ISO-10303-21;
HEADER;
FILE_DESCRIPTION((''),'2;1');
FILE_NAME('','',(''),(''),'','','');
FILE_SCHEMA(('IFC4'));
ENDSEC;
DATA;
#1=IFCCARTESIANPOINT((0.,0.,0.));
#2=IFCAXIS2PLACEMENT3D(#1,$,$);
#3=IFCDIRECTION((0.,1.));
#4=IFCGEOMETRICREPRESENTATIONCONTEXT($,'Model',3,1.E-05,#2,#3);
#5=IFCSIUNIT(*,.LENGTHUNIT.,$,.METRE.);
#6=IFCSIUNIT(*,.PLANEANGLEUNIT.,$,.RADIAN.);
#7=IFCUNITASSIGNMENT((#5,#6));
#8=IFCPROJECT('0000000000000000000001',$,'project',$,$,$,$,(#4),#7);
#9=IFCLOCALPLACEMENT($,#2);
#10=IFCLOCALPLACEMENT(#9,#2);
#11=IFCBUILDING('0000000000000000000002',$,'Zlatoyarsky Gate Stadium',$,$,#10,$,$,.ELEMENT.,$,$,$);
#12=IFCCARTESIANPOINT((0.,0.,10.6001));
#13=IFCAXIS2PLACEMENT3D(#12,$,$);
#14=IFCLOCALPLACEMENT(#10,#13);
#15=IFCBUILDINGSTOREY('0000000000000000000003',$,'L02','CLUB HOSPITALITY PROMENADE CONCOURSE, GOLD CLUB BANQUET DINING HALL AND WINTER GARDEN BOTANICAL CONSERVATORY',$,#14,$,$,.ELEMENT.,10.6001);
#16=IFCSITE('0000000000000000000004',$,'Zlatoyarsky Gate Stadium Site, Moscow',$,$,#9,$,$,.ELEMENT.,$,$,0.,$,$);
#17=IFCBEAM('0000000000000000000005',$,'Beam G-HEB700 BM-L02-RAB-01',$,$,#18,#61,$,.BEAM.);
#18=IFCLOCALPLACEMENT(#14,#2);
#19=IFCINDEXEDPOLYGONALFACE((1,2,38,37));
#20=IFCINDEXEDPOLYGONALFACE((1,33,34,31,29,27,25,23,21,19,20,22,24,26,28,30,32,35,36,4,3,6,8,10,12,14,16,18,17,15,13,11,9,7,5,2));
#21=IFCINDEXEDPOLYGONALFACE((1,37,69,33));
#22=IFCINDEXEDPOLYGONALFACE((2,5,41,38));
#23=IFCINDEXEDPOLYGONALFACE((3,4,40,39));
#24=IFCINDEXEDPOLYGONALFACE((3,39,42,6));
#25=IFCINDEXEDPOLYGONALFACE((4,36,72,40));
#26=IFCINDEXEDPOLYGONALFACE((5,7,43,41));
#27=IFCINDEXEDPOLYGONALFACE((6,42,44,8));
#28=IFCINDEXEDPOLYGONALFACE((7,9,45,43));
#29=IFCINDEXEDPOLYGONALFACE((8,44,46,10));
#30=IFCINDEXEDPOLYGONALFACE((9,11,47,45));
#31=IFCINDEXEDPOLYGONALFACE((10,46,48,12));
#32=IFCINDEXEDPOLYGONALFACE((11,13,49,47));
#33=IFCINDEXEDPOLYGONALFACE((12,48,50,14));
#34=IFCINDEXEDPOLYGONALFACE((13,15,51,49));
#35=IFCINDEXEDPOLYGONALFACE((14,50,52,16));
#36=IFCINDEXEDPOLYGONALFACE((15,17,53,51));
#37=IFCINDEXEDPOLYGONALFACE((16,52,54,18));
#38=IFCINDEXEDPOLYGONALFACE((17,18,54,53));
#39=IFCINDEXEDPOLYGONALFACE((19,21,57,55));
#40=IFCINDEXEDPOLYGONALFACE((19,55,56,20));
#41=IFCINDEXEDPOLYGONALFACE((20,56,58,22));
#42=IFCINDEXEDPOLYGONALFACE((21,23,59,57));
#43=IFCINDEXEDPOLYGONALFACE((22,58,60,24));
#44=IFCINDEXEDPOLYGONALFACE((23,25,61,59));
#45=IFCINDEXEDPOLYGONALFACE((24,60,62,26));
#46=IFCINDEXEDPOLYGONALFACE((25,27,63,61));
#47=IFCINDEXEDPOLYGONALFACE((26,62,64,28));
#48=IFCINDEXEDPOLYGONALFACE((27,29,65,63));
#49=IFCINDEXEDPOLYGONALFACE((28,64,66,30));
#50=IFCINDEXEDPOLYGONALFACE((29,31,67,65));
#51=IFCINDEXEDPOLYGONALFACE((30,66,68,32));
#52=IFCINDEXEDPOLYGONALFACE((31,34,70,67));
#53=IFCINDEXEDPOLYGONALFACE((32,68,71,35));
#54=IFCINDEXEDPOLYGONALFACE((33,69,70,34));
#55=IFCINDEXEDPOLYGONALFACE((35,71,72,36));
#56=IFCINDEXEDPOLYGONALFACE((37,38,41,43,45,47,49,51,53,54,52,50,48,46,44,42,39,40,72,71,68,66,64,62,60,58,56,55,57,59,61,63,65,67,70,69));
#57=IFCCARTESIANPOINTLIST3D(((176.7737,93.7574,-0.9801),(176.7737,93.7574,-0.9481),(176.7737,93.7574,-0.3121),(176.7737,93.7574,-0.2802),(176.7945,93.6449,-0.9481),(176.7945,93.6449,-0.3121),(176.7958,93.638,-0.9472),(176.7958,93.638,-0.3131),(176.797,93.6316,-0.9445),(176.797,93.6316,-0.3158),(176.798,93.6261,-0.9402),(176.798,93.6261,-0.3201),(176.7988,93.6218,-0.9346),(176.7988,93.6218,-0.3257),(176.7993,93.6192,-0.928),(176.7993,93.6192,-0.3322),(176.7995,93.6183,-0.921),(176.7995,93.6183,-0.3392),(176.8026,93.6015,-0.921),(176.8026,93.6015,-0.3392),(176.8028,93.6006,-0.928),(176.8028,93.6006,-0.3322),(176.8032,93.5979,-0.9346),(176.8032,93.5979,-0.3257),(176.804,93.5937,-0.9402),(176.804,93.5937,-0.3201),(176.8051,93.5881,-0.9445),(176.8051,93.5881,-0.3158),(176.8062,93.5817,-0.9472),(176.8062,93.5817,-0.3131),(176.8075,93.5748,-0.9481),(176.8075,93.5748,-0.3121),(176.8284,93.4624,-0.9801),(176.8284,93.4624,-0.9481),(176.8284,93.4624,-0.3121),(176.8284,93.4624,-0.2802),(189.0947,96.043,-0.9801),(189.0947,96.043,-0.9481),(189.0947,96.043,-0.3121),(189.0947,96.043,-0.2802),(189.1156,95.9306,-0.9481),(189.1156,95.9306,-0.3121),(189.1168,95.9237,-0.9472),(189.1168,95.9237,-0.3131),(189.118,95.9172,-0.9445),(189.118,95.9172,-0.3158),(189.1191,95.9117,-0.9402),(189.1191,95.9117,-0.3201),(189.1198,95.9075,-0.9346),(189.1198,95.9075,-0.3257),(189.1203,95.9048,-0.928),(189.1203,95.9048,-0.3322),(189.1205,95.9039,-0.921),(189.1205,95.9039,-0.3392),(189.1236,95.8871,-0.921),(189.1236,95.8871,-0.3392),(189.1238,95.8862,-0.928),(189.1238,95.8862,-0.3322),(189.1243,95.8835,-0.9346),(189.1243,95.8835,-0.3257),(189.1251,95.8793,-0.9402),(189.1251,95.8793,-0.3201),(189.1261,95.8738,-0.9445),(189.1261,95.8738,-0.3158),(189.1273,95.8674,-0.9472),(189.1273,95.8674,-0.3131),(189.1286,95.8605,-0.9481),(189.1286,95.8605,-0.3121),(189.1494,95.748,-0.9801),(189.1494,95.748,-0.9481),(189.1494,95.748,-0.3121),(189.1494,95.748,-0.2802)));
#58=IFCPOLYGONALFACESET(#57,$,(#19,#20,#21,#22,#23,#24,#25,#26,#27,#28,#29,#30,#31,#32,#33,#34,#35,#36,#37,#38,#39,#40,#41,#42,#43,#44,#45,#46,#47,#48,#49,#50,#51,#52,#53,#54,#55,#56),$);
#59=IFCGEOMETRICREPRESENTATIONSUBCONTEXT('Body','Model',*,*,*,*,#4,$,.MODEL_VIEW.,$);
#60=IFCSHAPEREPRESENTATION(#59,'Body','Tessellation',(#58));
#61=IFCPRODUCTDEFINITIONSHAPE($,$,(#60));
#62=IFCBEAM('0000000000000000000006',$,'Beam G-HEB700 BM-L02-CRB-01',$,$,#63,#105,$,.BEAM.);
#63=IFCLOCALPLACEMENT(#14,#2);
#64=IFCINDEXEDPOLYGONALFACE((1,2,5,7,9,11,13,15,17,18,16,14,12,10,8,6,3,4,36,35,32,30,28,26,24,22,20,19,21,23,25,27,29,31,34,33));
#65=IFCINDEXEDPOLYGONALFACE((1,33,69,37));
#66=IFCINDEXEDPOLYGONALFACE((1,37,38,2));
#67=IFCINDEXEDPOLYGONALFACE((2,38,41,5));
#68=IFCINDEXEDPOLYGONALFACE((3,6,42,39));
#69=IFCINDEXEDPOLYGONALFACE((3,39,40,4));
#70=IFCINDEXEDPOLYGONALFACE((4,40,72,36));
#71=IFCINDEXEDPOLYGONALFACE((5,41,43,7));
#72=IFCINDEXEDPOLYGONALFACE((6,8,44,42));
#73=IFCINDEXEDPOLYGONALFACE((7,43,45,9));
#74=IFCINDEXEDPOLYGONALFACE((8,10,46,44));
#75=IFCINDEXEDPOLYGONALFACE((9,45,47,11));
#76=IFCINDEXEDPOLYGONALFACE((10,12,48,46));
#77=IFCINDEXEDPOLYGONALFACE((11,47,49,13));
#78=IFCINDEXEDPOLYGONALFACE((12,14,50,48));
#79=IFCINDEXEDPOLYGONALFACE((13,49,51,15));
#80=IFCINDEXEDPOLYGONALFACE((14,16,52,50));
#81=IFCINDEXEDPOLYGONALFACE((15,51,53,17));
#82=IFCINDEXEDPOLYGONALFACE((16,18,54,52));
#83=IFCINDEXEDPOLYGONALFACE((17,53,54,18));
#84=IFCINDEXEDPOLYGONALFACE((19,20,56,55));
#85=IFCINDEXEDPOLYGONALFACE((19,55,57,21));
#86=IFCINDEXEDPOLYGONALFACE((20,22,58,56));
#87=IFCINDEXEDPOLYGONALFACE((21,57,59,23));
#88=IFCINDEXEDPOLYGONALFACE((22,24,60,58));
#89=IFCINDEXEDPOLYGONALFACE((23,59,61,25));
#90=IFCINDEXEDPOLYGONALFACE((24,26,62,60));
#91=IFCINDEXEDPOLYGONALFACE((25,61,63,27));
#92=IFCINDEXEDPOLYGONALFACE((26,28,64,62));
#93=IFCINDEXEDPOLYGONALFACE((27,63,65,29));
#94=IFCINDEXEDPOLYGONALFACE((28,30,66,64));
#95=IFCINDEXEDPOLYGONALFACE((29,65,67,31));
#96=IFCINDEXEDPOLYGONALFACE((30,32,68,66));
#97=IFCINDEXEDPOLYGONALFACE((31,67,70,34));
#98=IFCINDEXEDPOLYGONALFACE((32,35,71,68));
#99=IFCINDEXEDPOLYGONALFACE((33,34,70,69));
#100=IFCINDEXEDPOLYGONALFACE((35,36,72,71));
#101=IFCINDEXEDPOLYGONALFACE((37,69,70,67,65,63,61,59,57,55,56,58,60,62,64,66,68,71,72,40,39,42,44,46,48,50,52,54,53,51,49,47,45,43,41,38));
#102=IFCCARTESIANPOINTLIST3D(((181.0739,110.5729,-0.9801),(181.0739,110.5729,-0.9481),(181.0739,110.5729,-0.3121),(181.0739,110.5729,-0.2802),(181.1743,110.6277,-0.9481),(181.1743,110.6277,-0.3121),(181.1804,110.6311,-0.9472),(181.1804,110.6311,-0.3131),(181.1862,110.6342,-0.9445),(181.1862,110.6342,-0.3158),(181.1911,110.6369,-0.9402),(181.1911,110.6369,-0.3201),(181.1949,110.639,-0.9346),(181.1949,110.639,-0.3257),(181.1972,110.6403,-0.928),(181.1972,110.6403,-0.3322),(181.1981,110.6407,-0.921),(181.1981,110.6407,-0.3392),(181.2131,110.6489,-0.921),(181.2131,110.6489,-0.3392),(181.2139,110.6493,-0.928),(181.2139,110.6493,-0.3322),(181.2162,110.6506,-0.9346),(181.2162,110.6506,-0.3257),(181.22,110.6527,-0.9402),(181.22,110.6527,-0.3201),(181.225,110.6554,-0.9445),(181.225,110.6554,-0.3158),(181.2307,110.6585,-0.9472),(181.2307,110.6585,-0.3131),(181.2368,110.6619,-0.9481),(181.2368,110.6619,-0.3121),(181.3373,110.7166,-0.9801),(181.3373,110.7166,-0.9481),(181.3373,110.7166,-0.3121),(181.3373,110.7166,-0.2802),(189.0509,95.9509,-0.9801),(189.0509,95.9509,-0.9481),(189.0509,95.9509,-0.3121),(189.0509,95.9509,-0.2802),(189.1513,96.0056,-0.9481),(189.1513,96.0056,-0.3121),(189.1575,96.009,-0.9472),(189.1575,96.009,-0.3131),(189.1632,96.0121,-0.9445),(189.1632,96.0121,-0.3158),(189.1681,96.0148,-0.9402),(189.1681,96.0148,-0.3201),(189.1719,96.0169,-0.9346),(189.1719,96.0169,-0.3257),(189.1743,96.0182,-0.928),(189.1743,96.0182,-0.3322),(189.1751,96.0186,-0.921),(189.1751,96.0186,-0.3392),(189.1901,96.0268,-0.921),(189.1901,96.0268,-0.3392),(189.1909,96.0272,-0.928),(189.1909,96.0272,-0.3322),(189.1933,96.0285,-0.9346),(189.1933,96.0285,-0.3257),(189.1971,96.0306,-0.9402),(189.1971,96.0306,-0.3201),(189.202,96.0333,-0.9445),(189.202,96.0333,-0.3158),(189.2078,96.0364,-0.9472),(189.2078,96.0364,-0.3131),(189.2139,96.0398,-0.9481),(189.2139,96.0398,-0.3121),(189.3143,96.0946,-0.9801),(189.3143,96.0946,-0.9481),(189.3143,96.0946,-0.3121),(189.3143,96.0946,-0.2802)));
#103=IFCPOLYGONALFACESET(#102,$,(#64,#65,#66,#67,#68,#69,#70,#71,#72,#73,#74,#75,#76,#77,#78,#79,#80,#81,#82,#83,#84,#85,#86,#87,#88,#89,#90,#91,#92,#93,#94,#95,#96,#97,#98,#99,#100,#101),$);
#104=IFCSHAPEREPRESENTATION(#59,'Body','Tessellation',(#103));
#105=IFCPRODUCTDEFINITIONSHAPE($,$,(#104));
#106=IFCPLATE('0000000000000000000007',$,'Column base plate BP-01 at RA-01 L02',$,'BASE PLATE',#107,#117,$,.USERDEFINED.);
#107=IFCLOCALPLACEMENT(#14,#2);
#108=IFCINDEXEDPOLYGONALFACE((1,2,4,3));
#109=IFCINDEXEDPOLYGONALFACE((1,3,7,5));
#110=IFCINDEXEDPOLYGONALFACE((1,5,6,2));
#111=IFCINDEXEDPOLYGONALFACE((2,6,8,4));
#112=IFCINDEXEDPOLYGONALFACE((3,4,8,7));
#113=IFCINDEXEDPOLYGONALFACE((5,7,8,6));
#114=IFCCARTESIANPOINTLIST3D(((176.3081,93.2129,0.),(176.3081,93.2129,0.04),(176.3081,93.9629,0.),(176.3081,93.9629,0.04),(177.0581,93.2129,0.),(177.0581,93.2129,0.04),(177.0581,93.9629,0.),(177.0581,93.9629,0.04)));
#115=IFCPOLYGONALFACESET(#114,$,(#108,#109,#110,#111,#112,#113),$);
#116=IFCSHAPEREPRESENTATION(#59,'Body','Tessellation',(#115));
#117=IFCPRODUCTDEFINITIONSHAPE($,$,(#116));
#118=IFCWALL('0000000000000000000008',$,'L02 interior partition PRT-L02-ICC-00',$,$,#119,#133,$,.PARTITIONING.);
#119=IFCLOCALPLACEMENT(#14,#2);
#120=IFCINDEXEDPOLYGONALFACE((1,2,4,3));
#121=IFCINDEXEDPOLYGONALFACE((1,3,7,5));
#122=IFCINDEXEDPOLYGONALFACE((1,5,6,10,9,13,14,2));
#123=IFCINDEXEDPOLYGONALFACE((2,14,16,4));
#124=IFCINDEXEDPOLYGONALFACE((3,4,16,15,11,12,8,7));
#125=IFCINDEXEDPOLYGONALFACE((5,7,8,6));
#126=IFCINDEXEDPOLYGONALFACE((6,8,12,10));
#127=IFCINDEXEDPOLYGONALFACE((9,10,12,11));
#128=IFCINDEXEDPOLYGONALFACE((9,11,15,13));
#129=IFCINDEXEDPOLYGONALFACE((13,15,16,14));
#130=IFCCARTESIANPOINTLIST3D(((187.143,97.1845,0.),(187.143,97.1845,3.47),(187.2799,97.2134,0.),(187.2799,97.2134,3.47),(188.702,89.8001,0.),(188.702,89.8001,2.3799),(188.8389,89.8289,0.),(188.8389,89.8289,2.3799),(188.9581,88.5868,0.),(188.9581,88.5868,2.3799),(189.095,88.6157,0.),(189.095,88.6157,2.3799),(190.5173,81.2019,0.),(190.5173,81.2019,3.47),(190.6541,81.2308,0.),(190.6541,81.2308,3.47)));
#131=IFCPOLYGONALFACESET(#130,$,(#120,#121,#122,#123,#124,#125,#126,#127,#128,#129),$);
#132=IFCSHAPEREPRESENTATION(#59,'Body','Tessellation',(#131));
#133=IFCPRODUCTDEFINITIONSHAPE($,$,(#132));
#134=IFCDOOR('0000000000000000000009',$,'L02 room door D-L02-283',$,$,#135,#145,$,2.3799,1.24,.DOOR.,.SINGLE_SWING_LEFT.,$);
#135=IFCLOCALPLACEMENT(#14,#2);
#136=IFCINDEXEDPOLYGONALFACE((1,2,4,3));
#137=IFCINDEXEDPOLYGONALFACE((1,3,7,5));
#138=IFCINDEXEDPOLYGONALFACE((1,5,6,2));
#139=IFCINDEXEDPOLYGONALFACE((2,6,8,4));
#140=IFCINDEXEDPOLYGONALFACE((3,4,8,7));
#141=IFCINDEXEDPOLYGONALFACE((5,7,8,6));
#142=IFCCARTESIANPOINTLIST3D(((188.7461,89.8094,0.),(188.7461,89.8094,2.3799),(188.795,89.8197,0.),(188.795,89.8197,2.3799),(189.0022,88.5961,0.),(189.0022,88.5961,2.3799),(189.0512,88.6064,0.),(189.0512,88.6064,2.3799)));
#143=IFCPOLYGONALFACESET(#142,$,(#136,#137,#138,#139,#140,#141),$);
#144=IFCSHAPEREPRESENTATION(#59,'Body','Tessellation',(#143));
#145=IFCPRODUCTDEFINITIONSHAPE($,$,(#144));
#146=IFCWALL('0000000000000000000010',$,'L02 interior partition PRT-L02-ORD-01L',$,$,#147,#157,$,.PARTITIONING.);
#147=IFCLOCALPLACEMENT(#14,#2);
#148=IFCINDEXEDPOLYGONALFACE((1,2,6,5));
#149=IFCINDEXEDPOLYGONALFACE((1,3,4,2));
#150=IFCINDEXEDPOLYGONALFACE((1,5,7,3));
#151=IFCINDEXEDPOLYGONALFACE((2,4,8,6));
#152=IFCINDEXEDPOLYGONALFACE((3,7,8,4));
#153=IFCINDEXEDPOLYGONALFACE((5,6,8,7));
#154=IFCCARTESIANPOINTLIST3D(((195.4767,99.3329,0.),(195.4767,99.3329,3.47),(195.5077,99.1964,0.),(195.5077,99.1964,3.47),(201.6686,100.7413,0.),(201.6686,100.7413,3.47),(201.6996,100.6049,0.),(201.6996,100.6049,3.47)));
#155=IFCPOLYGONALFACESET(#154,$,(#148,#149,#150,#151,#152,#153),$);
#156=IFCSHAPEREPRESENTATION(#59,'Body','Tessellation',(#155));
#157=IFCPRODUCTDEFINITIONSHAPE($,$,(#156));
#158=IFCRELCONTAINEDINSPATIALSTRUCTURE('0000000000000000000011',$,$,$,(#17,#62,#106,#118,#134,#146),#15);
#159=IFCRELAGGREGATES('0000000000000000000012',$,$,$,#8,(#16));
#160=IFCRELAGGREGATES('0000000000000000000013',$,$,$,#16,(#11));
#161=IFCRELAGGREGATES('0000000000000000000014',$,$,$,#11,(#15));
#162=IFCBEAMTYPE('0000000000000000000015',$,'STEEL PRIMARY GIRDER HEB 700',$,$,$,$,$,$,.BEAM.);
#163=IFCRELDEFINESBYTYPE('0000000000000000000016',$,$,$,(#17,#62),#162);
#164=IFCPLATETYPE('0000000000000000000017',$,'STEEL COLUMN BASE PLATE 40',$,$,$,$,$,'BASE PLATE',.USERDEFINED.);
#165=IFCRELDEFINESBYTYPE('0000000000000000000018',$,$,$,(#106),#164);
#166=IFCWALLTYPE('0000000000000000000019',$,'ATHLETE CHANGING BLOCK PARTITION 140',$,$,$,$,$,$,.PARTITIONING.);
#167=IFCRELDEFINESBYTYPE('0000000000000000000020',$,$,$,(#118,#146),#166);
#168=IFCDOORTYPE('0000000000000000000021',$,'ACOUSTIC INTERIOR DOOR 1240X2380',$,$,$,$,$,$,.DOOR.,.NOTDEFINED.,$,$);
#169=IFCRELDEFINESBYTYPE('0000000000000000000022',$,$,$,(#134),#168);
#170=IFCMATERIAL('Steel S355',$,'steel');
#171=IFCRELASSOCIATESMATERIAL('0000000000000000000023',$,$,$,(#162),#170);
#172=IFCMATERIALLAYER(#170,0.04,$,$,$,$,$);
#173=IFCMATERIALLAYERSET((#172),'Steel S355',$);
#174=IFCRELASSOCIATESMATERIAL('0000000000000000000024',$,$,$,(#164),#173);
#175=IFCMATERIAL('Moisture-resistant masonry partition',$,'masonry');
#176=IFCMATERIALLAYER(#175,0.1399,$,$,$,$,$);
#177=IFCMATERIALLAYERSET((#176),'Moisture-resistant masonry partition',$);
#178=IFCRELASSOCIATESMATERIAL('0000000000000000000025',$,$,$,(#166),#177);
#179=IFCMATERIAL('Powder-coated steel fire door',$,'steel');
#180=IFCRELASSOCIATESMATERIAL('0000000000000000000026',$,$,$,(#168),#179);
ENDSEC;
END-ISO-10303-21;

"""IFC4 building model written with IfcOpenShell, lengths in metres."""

from ifc_helpers import new_model, si_unit, direction, frame, frame_2d, origin, origin_2d, place, context, subcontext, project, spatial, rectangle, i_section, extrude, material, layer, layer_set, material_profile, profile_set, type_object, element, fill, save


model = new_model("IFC4")

# Units and contexts
model_context = context("Model", 3, precision=1e-05, world=origin(), true_north=direction((0.0, 1.0)))
body_context = subcontext(model_context, "Body", "Model", "MODEL_VIEW")
ifc_project = project(units=[si_unit("LENGTHUNIT", "METRE"), si_unit("PLANEANGLEUNIT", "RADIAN")], contexts=[model_context])

# Site, building, storey
site_placement = place(None, origin())
site = spatial("IfcSite", under=ifc_project, at=site_placement, Name="Zlatoyarsky Gate Stadium Site, Moscow", CompositionType="ELEMENT", RefElevation=0.0)
building_placement = place(site_placement, origin())
building = spatial("IfcBuilding", under=site, at=building_placement, Name="Zlatoyarsky Gate Stadium", CompositionType="ELEMENT")
storey_placement = place(building_placement, frame((0.0, 0.0, 10.6001)))
storey = spatial("IfcBuildingStorey", under=building, at=storey_placement, Name="L02", Description="CLUB HOSPITALITY PROMENADE CONCOURSE, GOLD CLUB BANQUET DINING HALL AND WINTER GARDEN BOTANICAL CONSERVATORY", CompositionType="ELEMENT", Elevation=10.6001)

# Shared definitions
ifc_material_1 = material(Name="Steel S355", Category="steel")

# Beams
ifc_material_profile_1 = material_profile(ifc_material_1, i_section(OverallWidth=0.3, OverallDepth=0.7, WebThickness=0.0171, FlangeThickness=0.032, FilletRadius=0.0271, at=origin_2d()), Name="HEB 700")
ifc_profile_set_1 = profile_set([ifc_material_profile_1], Name="Steel S355")
beam_type_1 = type_object("IfcBeamType", Name="STEEL PRIMARY GIRDER HEB 700", PredefinedType="BEAM", material=ifc_profile_set_1)
beam_1_placement = place(storey_placement, frame((176.801, 93.6099, -0.6301), z_axis=(0.983225, 0.182396, 0.0), x_axis=(-0.182396, 0.983225, 0.0)))
element("IfcBeam", 1, at=beam_1_placement, inside=storey, type_object=beam_type_1, Name="Beam G-HEB700 BM-L02-RAB-01", PredefinedType="BEAM", context=body_context, shape_type="SweptSolid", body=[
    extrude(i_section(OverallWidth=0.3, OverallDepth=0.7, WebThickness=0.0171, FlangeThickness=0.032, FilletRadius=0.0271, at=origin_2d()), origin(), (0.0, 0.0, 1.0), 12.5312),
])
beam_2_placement = place(storey_placement, frame((189.1826, 96.0227, -0.6301), z_axis=(-0.478916, 0.877861, 0.0), x_axis=(-0.877861, -0.478916, 0.0)))
element("IfcBeam", 2, at=beam_2_placement, inside=storey, type_object=beam_type_1, Name="Beam G-HEB700 BM-L02-CRB-01", PredefinedType="BEAM", context=body_context, shape_type="SweptSolid", body=[
    extrude(i_section(OverallWidth=0.3, OverallDepth=0.7, WebThickness=0.0171, FlangeThickness=0.032, FilletRadius=0.0271, at=origin_2d()), origin(), (0.0, 0.0, 1.0), 16.6565),
])

# Plate
ifc_layer_1 = layer(ifc_material_1, 0.04)
ifc_layer_set_1 = layer_set([ifc_layer_1], Name="Steel S355")
plate_type = type_object("IfcPlateType", Name="STEEL COLUMN BASE PLATE 40", ElementType="BASE PLATE", PredefinedType="USERDEFINED", material=ifc_layer_set_1)
plate_placement = place(storey_placement, frame((176.6831, 93.5879, 0.0), z_axis=(0.0, 0.0, 1.0), x_axis=(1.0, 0.0, 0.0)))
element("IfcPlate", 3, at=plate_placement, inside=storey, type_object=plate_type, Name="Column base plate BP-01 at RA-01 L02", ObjectType="BASE PLATE", PredefinedType="USERDEFINED", context=body_context, shape_type="SweptSolid", body=[
    extrude(rectangle(XDim=0.75, YDim=0.75, at=origin_2d()), origin(), (0.0, 0.0, 1.0), 0.04),
])

# Wall, opening, door
ifc_material_2 = material(Name="Moisture-resistant masonry partition", Category="masonry")
ifc_layer_2 = layer(ifc_material_2, 0.1399)
ifc_layer_set_2 = layer_set([ifc_layer_2], Name="Moisture-resistant masonry partition")
wall_type_1 = type_object("IfcWallType", Name="ATHLETE CHANGING BLOCK PARTITION 140", PredefinedType="PARTITIONING", material=ifc_layer_set_2)
wall_1_placement = place(storey_placement, frame((190.5857, 81.2163, 0.0), z_axis=(0.0, 0.0, 1.0), x_axis=(-0.206567, 0.978432, 0.0)))
wall_1 = element("IfcWall", 4, at=wall_1_placement, inside=storey, type_object=wall_type_1, Name="L02 interior partition PRT-L02-ICC-00", PredefinedType="PARTITIONING", context=body_context, shape_type="SweptSolid", body=[
    extrude(rectangle(XDim=16.335, YDim=0.1399, at=frame_2d((8.1675, 0.0))), origin(), (0.0, 0.0, 1.0), 3.47),
])
opening_1_placement = place(wall_1_placement, frame((7.5476, 0.0, 0.0)))
opening_1 = element("IfcOpeningElement", 5, at=opening_1_placement, cuts=wall_1, PredefinedType="OPENING", context=body_context, shape_type="SweptSolid", body=[
    extrude(rectangle(XDim=1.24, YDim=2.3799, at=frame_2d((0.6201, 1.1899))), frame((0.0, 0.0798, 0.0), z_axis=(0.0, -1.0, 0.0), x_axis=(1.0, 0.0, 0.0)), (0.0, 0.0, 1.0), 0.1599),
])
ifc_material_3 = material(Name="Powder-coated steel fire door", Category="steel")
door_type_1 = type_object("IfcDoorType", Name="ACOUSTIC INTERIOR DOOR 1240X2380", OperationType="NOTDEFINED", PredefinedType="DOOR", material=ifc_material_3)
door_1_placement = place(opening_1_placement, origin())
door_1 = element("IfcDoor", 6, at=door_1_placement, inside=storey, type_object=door_type_1, Name="L02 room door D-L02-283", OperationType="SINGLE_SWING_LEFT", OverallHeight=2.3799, OverallWidth=1.24, PredefinedType="DOOR", context=body_context, shape_type="SweptSolid", body=[
    extrude(rectangle(XDim=1.24, YDim=2.3799, at=frame_2d((0.6201, 1.1899))), frame((0.0, 0.0249, 0.0), z_axis=(0.0, -1.0, 0.0), x_axis=(1.0, 0.0, 0.0)), (0.0, 0.0, 1.0), 0.05),
])
fill(opening_1, door_1)

# Wall
wall_2_placement = place(storey_placement, frame((195.4922, 99.2646, 0.0), z_axis=(0.0, 0.0, 1.0), x_axis=(0.975092, 0.221801, 0.0)))
element("IfcWall", 7, at=wall_2_placement, inside=storey, type_object=wall_type_1, Name="L02 interior partition PRT-L02-ORD-01L", PredefinedType="PARTITIONING", context=body_context, shape_type="SweptSolid", body=[
    extrude(rectangle(XDim=6.3501, YDim=0.1399, at=frame_2d((3.175, 0.0))), origin(), (0.0, 0.0, 1.0), 3.47),
])

save(model, "model.ifc")
